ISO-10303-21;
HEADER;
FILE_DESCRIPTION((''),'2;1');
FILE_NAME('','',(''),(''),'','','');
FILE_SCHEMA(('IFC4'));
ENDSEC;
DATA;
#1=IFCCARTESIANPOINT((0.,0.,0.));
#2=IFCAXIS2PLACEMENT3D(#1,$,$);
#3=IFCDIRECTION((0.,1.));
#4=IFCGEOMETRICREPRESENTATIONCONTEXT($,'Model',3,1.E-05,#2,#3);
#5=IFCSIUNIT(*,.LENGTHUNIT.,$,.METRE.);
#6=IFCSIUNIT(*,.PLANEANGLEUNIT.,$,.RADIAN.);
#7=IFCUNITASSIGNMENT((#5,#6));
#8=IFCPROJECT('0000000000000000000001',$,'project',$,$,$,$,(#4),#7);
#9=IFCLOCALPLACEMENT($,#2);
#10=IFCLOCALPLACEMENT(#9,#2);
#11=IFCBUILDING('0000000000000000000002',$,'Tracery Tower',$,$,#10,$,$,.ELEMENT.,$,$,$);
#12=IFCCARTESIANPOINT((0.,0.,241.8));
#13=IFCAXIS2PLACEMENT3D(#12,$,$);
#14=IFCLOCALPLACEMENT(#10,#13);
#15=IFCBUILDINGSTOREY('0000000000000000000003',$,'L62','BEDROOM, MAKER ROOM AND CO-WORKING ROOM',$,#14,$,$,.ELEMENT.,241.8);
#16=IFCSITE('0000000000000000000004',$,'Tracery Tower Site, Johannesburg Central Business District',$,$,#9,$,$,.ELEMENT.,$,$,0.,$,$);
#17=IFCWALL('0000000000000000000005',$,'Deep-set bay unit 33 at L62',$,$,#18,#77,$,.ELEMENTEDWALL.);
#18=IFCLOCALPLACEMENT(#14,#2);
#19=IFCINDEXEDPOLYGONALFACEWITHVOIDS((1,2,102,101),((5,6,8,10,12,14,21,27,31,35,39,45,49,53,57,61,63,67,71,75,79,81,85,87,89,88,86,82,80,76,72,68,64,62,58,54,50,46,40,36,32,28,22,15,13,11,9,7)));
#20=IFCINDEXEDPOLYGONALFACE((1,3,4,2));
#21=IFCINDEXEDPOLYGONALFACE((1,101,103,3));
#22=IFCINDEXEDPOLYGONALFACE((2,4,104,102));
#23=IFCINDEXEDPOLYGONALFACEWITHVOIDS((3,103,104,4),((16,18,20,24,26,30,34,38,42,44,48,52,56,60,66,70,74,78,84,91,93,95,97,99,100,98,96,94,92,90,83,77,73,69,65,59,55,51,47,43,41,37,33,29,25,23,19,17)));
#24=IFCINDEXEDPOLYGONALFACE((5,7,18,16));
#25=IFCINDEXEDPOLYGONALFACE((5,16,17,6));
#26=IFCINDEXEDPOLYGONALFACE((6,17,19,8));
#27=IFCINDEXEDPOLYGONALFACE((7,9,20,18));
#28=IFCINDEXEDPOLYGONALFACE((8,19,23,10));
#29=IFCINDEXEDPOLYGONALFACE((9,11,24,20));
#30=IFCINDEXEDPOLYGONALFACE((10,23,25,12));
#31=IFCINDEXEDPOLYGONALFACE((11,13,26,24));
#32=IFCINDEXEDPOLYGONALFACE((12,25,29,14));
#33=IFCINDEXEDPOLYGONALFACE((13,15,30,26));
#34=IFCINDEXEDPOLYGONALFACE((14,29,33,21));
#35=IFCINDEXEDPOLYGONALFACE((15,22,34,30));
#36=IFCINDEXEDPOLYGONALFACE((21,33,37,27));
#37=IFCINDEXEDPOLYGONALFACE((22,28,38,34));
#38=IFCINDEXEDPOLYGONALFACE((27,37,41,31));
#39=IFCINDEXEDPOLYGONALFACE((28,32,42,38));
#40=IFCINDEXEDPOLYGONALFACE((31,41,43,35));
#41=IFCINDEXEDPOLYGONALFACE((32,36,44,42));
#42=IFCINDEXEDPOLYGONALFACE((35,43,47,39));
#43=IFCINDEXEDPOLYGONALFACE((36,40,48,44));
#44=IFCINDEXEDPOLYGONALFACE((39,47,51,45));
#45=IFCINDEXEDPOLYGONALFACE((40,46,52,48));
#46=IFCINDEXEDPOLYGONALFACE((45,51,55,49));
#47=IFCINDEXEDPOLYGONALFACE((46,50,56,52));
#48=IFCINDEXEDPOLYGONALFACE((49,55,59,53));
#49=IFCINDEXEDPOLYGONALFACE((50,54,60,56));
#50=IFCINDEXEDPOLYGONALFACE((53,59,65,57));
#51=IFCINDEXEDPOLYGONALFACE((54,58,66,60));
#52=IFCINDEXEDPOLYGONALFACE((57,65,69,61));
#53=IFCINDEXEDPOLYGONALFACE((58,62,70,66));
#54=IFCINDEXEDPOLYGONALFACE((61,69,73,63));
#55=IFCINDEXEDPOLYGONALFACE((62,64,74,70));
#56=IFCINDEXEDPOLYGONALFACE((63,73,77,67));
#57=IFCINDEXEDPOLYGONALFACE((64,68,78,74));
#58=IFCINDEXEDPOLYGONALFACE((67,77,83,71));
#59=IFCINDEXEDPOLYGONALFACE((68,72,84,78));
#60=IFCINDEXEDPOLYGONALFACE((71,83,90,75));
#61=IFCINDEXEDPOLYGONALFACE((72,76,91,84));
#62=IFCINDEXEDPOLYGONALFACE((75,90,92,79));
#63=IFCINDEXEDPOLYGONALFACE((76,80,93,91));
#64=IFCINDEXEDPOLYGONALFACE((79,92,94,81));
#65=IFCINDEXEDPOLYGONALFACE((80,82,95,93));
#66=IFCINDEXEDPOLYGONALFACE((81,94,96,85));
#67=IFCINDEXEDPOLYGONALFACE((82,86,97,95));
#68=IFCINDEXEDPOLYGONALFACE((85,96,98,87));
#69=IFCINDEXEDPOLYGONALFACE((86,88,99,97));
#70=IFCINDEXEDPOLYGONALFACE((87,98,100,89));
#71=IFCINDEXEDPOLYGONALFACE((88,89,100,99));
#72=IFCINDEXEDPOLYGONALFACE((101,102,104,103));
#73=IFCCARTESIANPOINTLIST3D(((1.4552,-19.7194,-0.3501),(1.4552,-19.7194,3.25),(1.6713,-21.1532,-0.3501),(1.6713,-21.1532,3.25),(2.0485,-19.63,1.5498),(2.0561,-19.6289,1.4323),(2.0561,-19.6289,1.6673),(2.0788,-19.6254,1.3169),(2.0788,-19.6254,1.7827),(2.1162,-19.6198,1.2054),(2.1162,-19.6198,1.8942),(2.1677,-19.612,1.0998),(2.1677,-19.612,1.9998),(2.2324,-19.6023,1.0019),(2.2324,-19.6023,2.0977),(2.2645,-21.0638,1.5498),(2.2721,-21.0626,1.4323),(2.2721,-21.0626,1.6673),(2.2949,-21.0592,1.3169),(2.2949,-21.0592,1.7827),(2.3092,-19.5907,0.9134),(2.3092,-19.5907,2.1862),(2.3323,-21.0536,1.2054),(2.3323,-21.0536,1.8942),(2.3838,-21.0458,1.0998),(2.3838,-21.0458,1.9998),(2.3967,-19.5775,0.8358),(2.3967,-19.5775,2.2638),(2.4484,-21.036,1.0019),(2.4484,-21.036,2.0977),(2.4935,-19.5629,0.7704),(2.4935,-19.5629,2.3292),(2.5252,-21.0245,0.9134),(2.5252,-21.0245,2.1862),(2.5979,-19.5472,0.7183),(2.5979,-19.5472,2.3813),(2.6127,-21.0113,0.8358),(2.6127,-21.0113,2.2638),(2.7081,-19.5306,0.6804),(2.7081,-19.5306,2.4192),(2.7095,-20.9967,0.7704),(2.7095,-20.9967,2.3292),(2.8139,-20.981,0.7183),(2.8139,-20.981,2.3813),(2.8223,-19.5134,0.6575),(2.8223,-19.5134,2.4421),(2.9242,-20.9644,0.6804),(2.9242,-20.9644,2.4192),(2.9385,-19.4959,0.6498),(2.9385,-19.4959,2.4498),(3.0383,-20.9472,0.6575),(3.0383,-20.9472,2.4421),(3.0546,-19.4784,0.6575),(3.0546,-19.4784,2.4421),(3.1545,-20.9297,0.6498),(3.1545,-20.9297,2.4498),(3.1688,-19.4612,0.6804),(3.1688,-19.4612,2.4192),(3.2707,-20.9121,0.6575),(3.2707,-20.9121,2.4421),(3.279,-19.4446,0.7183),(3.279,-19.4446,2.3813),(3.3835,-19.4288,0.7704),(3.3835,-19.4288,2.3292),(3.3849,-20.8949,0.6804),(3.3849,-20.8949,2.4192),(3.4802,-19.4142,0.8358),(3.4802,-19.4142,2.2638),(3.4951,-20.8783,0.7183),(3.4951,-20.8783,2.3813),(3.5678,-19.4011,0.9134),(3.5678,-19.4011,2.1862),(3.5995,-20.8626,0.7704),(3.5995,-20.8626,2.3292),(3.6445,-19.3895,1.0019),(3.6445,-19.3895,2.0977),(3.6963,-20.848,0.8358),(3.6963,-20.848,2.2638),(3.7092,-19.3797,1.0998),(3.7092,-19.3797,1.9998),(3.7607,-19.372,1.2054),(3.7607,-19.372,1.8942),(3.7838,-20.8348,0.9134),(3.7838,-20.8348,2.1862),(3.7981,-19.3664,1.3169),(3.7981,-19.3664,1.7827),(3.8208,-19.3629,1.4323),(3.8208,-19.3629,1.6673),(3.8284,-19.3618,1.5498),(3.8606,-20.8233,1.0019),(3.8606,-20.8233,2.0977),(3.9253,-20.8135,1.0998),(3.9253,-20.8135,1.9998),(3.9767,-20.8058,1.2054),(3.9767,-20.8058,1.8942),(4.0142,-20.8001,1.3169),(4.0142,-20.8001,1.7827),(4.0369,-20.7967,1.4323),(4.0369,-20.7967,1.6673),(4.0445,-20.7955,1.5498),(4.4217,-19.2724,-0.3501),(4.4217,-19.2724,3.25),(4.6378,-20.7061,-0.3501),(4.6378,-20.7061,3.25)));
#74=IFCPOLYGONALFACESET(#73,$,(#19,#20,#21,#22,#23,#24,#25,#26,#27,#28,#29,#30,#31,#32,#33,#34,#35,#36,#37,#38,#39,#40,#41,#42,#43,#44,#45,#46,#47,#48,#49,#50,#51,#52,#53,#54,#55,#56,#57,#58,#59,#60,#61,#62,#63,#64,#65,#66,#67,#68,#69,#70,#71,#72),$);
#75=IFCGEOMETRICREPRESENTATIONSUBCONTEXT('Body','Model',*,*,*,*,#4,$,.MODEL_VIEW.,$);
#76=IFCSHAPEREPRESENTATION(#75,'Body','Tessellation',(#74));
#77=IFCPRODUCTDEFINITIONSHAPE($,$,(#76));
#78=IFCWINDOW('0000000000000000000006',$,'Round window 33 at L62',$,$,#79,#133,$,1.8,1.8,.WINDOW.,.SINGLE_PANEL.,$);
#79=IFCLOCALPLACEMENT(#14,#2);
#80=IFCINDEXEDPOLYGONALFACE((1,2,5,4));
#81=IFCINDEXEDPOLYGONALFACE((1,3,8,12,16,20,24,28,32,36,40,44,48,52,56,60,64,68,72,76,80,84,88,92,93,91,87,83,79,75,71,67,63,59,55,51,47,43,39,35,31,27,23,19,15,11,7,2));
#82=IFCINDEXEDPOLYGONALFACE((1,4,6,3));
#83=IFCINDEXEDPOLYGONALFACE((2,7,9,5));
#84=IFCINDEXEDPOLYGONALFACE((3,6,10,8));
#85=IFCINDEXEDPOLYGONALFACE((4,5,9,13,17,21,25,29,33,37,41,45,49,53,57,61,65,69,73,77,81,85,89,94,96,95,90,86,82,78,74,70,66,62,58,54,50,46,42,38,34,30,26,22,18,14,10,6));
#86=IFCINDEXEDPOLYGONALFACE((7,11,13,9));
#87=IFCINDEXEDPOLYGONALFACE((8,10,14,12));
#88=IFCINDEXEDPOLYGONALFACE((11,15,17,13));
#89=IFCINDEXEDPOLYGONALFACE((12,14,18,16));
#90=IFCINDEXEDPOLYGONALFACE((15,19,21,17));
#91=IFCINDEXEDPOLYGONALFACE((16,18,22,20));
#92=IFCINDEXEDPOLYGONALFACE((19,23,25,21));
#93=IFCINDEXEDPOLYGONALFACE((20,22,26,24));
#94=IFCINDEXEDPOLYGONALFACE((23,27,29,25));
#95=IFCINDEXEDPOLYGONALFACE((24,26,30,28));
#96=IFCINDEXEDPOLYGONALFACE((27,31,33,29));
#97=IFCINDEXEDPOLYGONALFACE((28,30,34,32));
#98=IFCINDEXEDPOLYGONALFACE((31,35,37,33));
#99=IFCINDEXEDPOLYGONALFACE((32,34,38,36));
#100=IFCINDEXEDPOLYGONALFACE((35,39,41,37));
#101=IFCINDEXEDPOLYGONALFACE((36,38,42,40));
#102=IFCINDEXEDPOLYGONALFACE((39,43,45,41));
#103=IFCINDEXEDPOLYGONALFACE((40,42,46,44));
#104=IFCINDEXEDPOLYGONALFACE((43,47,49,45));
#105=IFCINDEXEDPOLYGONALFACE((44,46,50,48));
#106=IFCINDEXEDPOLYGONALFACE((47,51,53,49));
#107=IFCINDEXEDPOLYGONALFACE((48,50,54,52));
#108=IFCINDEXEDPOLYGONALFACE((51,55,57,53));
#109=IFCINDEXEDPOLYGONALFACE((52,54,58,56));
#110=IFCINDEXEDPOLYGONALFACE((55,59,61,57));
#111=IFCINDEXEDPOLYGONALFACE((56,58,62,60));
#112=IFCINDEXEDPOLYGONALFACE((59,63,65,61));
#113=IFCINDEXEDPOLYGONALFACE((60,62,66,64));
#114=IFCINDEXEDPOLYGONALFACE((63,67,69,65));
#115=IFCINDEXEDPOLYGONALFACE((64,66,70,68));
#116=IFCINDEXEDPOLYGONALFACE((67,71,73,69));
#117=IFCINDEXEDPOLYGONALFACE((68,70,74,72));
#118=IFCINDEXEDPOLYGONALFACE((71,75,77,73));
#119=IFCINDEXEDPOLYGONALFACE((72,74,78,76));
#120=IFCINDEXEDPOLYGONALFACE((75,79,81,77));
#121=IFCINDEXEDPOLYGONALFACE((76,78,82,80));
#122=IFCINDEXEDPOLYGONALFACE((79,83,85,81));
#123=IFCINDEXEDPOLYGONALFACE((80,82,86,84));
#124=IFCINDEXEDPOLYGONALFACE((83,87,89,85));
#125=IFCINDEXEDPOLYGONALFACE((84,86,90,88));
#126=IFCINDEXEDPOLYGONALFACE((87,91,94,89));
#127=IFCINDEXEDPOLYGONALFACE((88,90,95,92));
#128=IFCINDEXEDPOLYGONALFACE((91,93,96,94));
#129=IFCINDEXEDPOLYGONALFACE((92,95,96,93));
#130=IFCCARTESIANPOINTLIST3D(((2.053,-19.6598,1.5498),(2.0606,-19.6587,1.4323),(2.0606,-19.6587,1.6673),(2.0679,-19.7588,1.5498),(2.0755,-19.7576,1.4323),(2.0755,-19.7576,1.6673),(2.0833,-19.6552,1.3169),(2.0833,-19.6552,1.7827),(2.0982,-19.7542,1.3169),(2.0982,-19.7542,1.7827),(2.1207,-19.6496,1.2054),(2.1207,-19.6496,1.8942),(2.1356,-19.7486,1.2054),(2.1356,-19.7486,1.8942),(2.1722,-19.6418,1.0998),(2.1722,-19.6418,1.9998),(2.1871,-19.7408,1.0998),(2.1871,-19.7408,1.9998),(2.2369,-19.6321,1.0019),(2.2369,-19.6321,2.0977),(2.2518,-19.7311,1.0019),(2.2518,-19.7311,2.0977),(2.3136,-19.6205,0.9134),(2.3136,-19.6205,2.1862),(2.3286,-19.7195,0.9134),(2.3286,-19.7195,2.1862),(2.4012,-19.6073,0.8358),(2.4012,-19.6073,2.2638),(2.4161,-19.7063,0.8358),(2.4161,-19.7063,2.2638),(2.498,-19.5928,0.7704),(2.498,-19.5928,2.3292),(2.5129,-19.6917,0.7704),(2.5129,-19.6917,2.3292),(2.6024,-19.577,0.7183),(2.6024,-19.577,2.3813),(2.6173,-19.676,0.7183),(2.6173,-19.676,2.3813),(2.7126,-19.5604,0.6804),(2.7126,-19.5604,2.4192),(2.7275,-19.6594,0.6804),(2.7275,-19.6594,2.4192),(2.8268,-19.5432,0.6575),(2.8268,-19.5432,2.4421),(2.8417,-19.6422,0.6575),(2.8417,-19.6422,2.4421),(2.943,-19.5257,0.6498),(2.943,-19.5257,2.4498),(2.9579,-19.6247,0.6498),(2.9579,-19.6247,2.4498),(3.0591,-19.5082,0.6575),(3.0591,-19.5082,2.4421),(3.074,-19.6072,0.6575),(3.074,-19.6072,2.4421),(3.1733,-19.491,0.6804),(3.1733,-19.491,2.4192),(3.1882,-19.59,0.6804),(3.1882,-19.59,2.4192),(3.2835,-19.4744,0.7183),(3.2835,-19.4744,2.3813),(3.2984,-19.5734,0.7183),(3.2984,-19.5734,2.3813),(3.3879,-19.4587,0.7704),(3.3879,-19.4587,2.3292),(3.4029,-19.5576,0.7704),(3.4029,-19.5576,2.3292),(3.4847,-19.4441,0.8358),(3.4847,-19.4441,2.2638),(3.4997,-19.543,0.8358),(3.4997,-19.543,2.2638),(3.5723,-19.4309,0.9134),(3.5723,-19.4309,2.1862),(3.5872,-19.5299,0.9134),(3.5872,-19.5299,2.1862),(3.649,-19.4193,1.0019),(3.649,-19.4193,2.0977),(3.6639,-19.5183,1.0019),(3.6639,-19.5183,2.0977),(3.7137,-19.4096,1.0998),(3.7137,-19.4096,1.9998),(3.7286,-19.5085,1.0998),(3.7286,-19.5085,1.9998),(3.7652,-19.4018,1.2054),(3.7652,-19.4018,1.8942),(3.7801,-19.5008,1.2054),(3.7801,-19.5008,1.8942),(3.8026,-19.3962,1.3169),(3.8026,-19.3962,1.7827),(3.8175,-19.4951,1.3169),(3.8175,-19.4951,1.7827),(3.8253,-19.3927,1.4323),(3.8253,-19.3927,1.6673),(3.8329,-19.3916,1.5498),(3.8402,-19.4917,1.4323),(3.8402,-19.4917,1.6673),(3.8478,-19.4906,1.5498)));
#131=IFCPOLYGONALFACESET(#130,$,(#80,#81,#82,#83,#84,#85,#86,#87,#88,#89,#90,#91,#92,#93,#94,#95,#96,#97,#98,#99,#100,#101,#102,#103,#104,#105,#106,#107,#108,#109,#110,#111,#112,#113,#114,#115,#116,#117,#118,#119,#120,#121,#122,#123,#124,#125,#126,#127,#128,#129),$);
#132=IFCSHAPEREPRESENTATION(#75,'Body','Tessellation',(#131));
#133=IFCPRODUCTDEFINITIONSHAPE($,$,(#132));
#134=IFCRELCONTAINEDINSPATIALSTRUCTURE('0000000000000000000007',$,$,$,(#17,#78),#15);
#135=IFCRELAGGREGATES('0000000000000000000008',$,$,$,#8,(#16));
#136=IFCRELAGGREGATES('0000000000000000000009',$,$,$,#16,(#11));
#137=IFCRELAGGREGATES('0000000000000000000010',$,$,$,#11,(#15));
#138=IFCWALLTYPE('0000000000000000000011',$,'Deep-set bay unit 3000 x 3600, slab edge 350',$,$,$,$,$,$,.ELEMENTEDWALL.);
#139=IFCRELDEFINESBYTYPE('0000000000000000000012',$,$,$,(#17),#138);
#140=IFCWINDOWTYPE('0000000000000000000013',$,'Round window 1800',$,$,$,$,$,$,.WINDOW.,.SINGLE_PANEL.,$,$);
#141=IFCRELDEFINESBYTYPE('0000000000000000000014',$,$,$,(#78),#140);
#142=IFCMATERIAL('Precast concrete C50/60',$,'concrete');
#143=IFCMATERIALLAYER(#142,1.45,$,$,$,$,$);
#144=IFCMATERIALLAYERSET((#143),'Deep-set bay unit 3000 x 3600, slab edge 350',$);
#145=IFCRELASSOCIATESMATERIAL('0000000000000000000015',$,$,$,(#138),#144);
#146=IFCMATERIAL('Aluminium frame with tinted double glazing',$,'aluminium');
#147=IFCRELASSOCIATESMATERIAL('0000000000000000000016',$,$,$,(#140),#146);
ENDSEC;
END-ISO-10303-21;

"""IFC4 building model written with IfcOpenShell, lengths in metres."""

from ifc_helpers import new_model, si_unit, direction, frame, frame_2d, origin, origin_2d, place, context, subcontext, project, spatial, rectangle, circle, extrude, material, layer, layer_set, type_object, element, fill, save


model = new_model("IFC4")

# Units and contexts
model_context = context("Model", 3, precision=1e-05, world=origin(), true_north=direction((0.0, 1.0)))
body_context = subcontext(model_context, "Body", "Model", "MODEL_VIEW")
ifc_project = project(units=[si_unit("LENGTHUNIT", "METRE"), si_unit("PLANEANGLEUNIT", "RADIAN")], contexts=[model_context])

# Site, building, storey
site_placement = place(None, origin())
site = spatial("IfcSite", under=ifc_project, at=site_placement, Name="Tracery Tower Site, Johannesburg Central Business District", CompositionType="ELEMENT", RefElevation=0.0)
building_placement = place(site_placement, origin())
building = spatial("IfcBuilding", under=site, at=building_placement, Name="Tracery Tower", CompositionType="ELEMENT")
storey_placement = place(building_placement, frame((0.0, 0.0, 241.8)))
storey = spatial("IfcBuildingStorey", under=building, at=storey_placement, Name="L62", Description="BEDROOM, MAKER ROOM AND CO-WORKING ROOM", CompositionType="ELEMENT", Elevation=241.8)

# Wall, opening, window
ifc_material_1 = material(Name="Precast concrete C50/60", Category="concrete")
ifc_layer_1 = layer(ifc_material_1, 1.45)
ifc_layer_set_1 = layer_set([ifc_layer_1], Name="Deep-set bay unit 3000 x 3600, slab edge 350")
wall_type_1 = type_object("IfcWallType", Name="Deep-set bay unit 3000 x 3600, slab edge 350", PredefinedType="ELEMENTEDWALL", material=ifc_layer_set_1)
wall_1_placement = place(storey_placement, frame((1.5632, -20.4363, -0.3501), z_axis=(0.0, 0.0, 1.0), x_axis=(0.988836, 0.149005, 0.0)))
wall_1 = element("IfcWall", 1, at=wall_1_placement, inside=storey, type_object=wall_type_1, Name="Deep-set bay unit 33 at L62", PredefinedType="ELEMENTEDWALL", context=body_context, shape_type="SweptSolid", body=[
    extrude(rectangle(XDim=3.0, YDim=1.45, at=frame_2d((1.5, 0.0))), origin(), (0.0, 0.0, 1.0), 3.6001),
])
opening_1_placement = place(wall_1_placement, frame((1.5, 0.0, 1.8999)))
opening_1 = element("IfcOpeningElement", 2, at=opening_1_placement, cuts=wall_1, PredefinedType="OPENING", context=body_context, shape_type="SweptSolid", body=[
    extrude(circle(Radius=0.9, at=origin_2d()), frame((0.0, 0.7349, 0.0), z_axis=(0.0, -1.0, 0.0), x_axis=(1.0, 0.0, 0.0)), (0.0, 0.0, 1.0), 1.47),
])
ifc_material_2 = material(Name="Aluminium frame with tinted double glazing", Category="aluminium")
window_type = type_object("IfcWindowType", Name="Round window 1800", PartitioningType="SINGLE_PANEL", PredefinedType="WINDOW", material=ifc_material_2)
window_1_placement = place(opening_1_placement, origin())
window_1 = element("IfcWindow", 3, at=window_1_placement, inside=storey, type_object=window_type, Name="Round window 33 at L62", OverallHeight=1.8, OverallWidth=1.8, PartitioningType="SINGLE_PANEL", PredefinedType="WINDOW", context=body_context, shape_type="SweptSolid", body=[
    extrude(circle(Radius=0.9, at=origin_2d()), frame((0.0, 0.6948, 0.0), z_axis=(0.0, -1.0, 0.0), x_axis=(1.0, 0.0, 0.0)), (0.0, 0.0, 1.0), 0.1001),
])
fill(opening_1, window_1)

save(model, "model.ifc")
